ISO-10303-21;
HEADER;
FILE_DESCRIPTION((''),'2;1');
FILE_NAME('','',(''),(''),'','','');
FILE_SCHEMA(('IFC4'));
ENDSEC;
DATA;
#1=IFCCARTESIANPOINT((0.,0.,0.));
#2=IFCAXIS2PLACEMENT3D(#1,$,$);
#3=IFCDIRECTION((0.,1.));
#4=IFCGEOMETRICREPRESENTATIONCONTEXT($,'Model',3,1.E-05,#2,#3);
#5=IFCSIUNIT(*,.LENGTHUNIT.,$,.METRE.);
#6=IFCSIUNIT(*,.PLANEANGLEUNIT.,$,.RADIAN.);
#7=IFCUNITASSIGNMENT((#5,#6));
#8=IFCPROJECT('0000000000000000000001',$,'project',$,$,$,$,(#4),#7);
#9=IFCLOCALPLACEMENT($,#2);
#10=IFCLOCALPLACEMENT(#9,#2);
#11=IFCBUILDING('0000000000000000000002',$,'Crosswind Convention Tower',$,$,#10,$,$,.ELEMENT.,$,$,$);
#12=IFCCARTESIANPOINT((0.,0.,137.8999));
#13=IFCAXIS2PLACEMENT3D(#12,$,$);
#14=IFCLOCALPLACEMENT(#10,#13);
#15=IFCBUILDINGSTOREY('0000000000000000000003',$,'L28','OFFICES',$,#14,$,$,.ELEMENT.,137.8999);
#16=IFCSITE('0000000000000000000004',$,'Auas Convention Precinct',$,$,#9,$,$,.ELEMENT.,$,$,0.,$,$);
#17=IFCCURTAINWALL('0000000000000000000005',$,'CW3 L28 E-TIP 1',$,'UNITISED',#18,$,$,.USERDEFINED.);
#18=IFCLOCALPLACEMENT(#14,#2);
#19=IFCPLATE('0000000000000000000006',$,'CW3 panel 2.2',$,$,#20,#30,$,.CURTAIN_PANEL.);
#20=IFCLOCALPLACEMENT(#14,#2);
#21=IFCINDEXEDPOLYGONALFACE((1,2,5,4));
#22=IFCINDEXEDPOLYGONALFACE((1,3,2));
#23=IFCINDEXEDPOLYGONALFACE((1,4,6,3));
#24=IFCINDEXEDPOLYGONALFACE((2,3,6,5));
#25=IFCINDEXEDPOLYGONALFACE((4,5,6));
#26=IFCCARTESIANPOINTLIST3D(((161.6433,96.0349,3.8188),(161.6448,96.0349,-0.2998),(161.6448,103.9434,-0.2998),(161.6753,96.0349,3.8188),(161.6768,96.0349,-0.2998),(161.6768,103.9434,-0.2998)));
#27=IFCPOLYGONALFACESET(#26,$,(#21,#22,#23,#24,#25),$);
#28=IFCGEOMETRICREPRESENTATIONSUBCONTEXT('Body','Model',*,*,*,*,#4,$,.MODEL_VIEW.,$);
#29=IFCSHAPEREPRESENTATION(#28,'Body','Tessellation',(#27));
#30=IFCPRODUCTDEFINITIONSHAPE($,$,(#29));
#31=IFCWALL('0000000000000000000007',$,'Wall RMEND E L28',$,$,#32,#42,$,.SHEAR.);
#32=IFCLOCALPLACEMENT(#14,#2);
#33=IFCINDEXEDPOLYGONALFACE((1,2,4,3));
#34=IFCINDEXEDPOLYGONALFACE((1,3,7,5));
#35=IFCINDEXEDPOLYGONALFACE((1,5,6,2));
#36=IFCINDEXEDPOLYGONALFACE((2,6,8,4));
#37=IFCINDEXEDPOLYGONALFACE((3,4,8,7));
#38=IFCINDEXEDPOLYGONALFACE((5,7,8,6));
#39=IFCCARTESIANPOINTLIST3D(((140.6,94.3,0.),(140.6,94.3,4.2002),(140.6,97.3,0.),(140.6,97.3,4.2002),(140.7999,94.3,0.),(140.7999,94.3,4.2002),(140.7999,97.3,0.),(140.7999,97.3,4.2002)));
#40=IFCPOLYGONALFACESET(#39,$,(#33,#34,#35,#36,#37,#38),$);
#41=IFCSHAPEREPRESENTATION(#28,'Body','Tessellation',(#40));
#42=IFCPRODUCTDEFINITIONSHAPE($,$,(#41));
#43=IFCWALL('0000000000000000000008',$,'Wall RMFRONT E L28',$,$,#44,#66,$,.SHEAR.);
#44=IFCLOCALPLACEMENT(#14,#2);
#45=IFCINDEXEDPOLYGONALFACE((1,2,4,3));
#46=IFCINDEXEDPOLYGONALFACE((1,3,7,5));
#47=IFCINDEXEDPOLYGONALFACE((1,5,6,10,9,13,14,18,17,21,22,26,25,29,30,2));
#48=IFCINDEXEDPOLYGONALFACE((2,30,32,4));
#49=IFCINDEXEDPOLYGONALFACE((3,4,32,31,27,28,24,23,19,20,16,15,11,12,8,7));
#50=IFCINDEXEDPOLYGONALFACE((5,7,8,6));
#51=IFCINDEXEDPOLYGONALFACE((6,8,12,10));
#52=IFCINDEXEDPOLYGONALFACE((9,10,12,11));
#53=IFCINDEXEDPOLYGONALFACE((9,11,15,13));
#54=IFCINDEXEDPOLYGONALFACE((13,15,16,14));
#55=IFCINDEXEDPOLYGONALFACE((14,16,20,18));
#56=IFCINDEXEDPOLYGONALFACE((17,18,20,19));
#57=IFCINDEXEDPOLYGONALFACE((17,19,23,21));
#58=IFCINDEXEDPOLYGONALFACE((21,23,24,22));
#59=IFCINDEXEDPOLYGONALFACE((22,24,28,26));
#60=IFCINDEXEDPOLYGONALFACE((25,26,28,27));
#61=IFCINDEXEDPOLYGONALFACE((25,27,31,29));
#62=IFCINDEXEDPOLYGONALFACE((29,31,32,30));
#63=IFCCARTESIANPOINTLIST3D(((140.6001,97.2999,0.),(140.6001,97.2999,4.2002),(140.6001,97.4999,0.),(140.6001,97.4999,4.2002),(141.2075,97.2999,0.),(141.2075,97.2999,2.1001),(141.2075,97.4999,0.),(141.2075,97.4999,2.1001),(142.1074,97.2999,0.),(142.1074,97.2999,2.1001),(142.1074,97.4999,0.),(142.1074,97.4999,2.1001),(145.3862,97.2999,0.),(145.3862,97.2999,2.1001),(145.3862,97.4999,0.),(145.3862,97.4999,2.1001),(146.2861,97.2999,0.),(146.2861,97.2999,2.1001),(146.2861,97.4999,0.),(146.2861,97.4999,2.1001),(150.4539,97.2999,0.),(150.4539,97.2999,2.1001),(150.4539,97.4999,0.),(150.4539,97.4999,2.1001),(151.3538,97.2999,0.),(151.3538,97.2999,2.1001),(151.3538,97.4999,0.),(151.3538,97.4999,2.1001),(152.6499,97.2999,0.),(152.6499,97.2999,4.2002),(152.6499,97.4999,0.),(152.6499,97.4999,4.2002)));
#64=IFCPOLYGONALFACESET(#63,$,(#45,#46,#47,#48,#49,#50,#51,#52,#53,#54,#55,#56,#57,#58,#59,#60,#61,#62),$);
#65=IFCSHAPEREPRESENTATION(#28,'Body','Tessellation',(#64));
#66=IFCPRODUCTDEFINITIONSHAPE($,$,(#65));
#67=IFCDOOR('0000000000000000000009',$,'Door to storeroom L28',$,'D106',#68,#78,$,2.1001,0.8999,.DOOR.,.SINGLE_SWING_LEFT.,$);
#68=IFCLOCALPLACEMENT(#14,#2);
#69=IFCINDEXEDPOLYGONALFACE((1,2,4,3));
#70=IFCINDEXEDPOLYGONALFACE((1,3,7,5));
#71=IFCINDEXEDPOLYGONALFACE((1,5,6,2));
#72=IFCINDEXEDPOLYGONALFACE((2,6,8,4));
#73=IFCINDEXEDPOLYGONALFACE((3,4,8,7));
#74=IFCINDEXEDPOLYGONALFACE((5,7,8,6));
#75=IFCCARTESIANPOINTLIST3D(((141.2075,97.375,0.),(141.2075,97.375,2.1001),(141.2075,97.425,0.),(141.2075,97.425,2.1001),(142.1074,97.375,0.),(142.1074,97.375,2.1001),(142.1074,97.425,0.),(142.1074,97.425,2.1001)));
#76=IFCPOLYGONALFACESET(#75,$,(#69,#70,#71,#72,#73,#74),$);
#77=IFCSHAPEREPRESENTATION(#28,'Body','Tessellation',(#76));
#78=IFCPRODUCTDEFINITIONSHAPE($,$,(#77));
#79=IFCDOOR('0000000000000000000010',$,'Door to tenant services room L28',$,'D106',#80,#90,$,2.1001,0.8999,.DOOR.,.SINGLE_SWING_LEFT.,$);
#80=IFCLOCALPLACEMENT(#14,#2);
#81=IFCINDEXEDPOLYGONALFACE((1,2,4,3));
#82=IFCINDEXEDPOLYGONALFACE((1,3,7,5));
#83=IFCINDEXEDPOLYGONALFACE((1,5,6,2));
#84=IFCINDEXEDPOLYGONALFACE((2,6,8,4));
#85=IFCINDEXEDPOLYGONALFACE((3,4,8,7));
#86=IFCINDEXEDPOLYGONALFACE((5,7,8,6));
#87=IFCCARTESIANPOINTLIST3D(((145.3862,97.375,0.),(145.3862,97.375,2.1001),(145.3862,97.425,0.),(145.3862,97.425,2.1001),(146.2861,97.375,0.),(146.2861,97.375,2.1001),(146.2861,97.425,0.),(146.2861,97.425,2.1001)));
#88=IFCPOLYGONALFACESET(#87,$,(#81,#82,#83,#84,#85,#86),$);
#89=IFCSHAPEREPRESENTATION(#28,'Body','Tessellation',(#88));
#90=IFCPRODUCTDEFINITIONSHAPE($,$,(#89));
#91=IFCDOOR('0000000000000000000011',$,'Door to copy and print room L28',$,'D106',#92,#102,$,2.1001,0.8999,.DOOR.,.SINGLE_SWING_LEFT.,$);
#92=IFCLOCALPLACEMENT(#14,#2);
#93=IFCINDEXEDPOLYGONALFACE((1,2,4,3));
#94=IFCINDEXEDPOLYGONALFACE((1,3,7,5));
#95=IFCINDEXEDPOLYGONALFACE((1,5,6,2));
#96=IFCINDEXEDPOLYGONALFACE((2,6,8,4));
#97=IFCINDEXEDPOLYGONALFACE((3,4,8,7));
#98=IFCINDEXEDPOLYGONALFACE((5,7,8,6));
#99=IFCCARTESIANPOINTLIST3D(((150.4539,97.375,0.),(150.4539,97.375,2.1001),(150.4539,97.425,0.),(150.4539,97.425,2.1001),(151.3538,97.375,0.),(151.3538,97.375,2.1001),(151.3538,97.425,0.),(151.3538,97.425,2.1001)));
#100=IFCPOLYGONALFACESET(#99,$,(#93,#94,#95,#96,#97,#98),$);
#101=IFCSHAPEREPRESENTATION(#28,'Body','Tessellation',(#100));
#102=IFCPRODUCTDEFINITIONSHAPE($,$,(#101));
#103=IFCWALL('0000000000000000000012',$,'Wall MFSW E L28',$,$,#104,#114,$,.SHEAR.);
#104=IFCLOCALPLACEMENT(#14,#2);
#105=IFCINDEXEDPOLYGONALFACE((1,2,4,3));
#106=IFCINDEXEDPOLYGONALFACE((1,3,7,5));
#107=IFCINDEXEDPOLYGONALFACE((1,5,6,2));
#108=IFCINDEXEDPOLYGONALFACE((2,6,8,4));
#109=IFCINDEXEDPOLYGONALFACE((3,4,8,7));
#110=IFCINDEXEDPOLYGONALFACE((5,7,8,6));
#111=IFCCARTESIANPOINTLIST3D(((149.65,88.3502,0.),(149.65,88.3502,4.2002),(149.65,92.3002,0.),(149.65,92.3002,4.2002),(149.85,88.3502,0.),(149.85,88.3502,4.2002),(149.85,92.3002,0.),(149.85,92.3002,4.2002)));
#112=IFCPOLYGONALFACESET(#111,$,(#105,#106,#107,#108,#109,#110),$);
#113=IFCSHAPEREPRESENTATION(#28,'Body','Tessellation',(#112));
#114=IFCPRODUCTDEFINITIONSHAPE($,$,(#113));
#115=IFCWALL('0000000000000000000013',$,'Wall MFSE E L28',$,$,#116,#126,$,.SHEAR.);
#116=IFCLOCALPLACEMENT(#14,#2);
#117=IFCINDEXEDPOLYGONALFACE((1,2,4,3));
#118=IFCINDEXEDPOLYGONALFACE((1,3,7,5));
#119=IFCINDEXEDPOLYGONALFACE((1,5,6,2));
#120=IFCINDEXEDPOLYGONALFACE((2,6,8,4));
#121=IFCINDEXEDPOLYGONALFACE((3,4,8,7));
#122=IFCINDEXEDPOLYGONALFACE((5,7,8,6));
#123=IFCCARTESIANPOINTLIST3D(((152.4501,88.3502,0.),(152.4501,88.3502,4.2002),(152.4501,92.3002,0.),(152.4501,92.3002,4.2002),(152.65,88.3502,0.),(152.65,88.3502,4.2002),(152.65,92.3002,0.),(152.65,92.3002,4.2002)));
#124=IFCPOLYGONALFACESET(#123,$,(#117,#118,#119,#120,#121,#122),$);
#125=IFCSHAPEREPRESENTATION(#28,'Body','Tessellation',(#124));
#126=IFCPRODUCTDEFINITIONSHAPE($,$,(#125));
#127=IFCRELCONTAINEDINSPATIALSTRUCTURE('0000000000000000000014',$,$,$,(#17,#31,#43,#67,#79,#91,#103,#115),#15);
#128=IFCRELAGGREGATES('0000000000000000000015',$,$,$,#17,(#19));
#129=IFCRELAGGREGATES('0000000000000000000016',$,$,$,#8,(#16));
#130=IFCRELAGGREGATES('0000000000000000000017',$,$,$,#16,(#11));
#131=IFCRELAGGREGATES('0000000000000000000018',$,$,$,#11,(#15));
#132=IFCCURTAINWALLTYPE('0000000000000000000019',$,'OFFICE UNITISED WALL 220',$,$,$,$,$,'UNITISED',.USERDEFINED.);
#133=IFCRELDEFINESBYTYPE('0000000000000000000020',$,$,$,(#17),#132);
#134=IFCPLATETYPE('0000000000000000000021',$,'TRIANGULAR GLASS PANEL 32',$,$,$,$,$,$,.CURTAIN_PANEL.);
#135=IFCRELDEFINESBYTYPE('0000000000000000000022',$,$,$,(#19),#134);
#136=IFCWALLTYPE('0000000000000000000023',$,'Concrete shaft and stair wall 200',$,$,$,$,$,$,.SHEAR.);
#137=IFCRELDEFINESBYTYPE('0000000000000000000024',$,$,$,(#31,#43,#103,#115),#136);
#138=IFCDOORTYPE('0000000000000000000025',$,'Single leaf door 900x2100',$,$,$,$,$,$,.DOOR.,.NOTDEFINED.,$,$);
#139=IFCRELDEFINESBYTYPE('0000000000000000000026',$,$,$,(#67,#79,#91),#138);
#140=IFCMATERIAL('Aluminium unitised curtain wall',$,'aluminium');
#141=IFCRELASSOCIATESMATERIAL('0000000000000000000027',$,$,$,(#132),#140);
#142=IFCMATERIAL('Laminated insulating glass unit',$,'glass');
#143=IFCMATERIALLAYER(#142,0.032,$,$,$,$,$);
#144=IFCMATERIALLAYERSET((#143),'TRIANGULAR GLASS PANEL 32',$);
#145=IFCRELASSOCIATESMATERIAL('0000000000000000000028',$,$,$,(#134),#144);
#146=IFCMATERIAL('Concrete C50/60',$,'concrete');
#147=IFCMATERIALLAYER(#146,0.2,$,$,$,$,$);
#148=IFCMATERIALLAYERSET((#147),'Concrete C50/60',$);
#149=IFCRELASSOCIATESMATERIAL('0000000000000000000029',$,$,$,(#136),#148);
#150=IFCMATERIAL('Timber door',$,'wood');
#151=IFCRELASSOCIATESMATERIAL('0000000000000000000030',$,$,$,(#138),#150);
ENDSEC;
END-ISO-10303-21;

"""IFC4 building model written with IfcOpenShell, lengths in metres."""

from ifc_helpers import new_model, si_unit, direction, frame, frame_2d, origin, place, context, subcontext, project, spatial, polyline, rectangle, outline, extrude, material, layer, layer_set, type_object, element, fill, aggregate, save


model = new_model("IFC4")

# Units and contexts
model_context = context("Model", 3, precision=1e-05, world=origin(), true_north=direction((0.0, 1.0)))
body_context = subcontext(model_context, "Body", "Model", "MODEL_VIEW")
ifc_project = project(units=[si_unit("LENGTHUNIT", "METRE"), si_unit("PLANEANGLEUNIT", "RADIAN")], contexts=[model_context])

# Site, building, storey
site_placement = place(None, origin())
site = spatial("IfcSite", under=ifc_project, at=site_placement, Name="Auas Convention Precinct", CompositionType="ELEMENT", RefElevation=0.0)
building_placement = place(site_placement, origin())
building = spatial("IfcBuilding", under=site, at=building_placement, Name="Crosswind Convention Tower", CompositionType="ELEMENT")
storey_placement = place(building_placement, frame((0.0, 0.0, 137.8999)))
storey = spatial("IfcBuildingStorey", under=building, at=storey_placement, Name="L28", Description="OFFICES", CompositionType="ELEMENT", Elevation=137.8999)

# Curtain wall
ifc_material_1 = material(Name="Aluminium unitised curtain wall", Category="aluminium")
curtain_wall_type = type_object("IfcCurtainWallType", Name="OFFICE UNITISED WALL 220", ElementType="UNITISED", PredefinedType="USERDEFINED", material=ifc_material_1)
curtain_wall_placement = place(storey_placement, origin())
curtain_wall = element("IfcCurtainWall", 1, at=curtain_wall_placement, inside=storey, type_object=curtain_wall_type, Name="CW3 L28 E-TIP 1", ObjectType="UNITISED", PredefinedType="USERDEFINED")

# Plate
ifc_material_2 = material(Name="Laminated insulating glass unit", Category="glass")
ifc_layer_1 = layer(ifc_material_2, 0.032)
ifc_layer_set_1 = layer_set([ifc_layer_1], Name="TRIANGULAR GLASS PANEL 32")
plate_type = type_object("IfcPlateType", Name="TRIANGULAR GLASS PANEL 32", PredefinedType="CURTAIN_PANEL", material=ifc_layer_set_1)
plate_1_placement = place(storey_placement, frame((161.6768, 96.0349, -0.2998), z_axis=(1.0, 0.0, 0.000356), x_axis=(0.0, 1.0, 0.0)))
plate_1 = element("IfcPlate", 2, at=plate_1_placement, type_object=plate_type, Name="CW3 panel 2.2", PredefinedType="CURTAIN_PANEL", context=body_context, shape_type="SweptSolid", body=[
    extrude(outline(polyline([(0.0, 0.0), (7.9084, 0.0), (0.0, 4.1187), (0.0, 0.0)])), origin(), (0.0, 0.0, -1.0), 0.032),
])
aggregate(curtain_wall, [plate_1])

# Wall
ifc_material_3 = material(Name="Concrete C50/60", Category="concrete")
ifc_layer_2 = layer(ifc_material_3, 0.2)
ifc_layer_set_2 = layer_set([ifc_layer_2], Name="Concrete C50/60")
wall_type_1 = type_object("IfcWallType", Name="Concrete shaft and stair wall 200", PredefinedType="SHEAR", material=ifc_layer_set_2)
wall_1_placement = place(storey_placement, frame((140.7, 94.3, 0.0), z_axis=(0.0, 0.0, 1.0), x_axis=(0.0, 1.0, 0.0)))
element("IfcWall", 3, at=wall_1_placement, inside=storey, type_object=wall_type_1, Name="Wall RMEND E L28", PredefinedType="SHEAR", context=body_context, shape_type="SweptSolid", body=[
    extrude(rectangle(XDim=3.0, YDim=0.2, at=frame_2d((1.5, 0.0))), origin(), (0.0, 0.0, 1.0), 4.2002),
])

# Wall, openings, doors
wall_2_placement = place(storey_placement, frame((140.6001, 97.3999, 0.0), z_axis=(0.0, 0.0, 1.0), x_axis=(1.0, 0.0, 0.0)))
wall_2 = element("IfcWall", 4, at=wall_2_placement, inside=storey, type_object=wall_type_1, Name="Wall RMFRONT E L28", PredefinedType="SHEAR", context=body_context, shape_type="SweptSolid", body=[
    extrude(rectangle(XDim=12.0498, YDim=0.2, at=frame_2d((6.0249, 0.0))), origin(), (0.0, 0.0, 1.0), 4.2002),
])
opening_1_placement = place(wall_2_placement, frame((0.6074, 0.0, 0.0)))
opening_1 = element("IfcOpeningElement", 5, at=opening_1_placement, cuts=wall_2, PredefinedType="OPENING", context=body_context, shape_type="SweptSolid", body=[
    extrude(rectangle(XDim=0.8999, YDim=2.1001, at=frame_2d((0.45, 1.05))), frame((0.0, 0.1099, 0.0), z_axis=(0.0, -1.0, 0.0), x_axis=(1.0, 0.0, 0.0)), (0.0, 0.0, 1.0), 0.22),
])
opening_2_placement = place(wall_2_placement, frame((4.7861, 0.0, 0.0)))
opening_2 = element("IfcOpeningElement", 6, at=opening_2_placement, cuts=wall_2, PredefinedType="OPENING", context=body_context, shape_type="SweptSolid", body=[
    extrude(rectangle(XDim=0.8999, YDim=2.1001, at=frame_2d((0.45, 1.05))), frame((0.0, 0.1099, 0.0), z_axis=(0.0, -1.0, 0.0), x_axis=(1.0, 0.0, 0.0)), (0.0, 0.0, 1.0), 0.22),
])
opening_3_placement = place(wall_2_placement, frame((9.8538, 0.0, 0.0)))
opening_3 = element("IfcOpeningElement", 7, at=opening_3_placement, cuts=wall_2, PredefinedType="OPENING", context=body_context, shape_type="SweptSolid", body=[
    extrude(rectangle(XDim=0.8999, YDim=2.1001, at=frame_2d((0.45, 1.05))), frame((0.0, 0.1099, 0.0), z_axis=(0.0, -1.0, 0.0), x_axis=(1.0, 0.0, 0.0)), (0.0, 0.0, 1.0), 0.22),
])
ifc_material_4 = material(Name="Timber door", Category="wood")
door_type_1 = type_object("IfcDoorType", Name="Single leaf door 900x2100", OperationType="NOTDEFINED", PredefinedType="DOOR", material=ifc_material_4)
door_1_placement = place(opening_1_placement, frame((0.8999, 0.0, 0.0), z_axis=(0.0, 0.0, 1.0), x_axis=(-1.0, 0.0, 0.0)))
door_1 = element("IfcDoor", 8, at=door_1_placement, inside=storey, type_object=door_type_1, Name="Door to storeroom L28", ObjectType="D106", OperationType="SINGLE_SWING_LEFT", OverallHeight=2.1001, OverallWidth=0.8999, PredefinedType="DOOR", context=body_context, shape_type="SweptSolid", body=[
    extrude(rectangle(XDim=0.8999, YDim=2.1001, at=frame_2d((0.45, 1.05))), frame((0.0, 0.0249, 0.0), z_axis=(0.0, -1.0, 0.0), x_axis=(1.0, 0.0, 0.0)), (0.0, 0.0, 1.0), 0.05),
])
fill(opening_1, door_1)
door_2_placement = place(opening_2_placement, frame((0.8999, 0.0, 0.0), z_axis=(0.0, 0.0, 1.0), x_axis=(-1.0, 0.0, 0.0)))
door_2 = element("IfcDoor", 9, at=door_2_placement, inside=storey, type_object=door_type_1, Name="Door to tenant services room L28", ObjectType="D106", OperationType="SINGLE_SWING_LEFT", OverallHeight=2.1001, OverallWidth=0.8999, PredefinedType="DOOR", context=body_context, shape_type="SweptSolid", body=[
    extrude(rectangle(XDim=0.8999, YDim=2.1001, at=frame_2d((0.45, 1.05))), frame((0.0, 0.0249, 0.0), z_axis=(0.0, -1.0, 0.0), x_axis=(1.0, 0.0, 0.0)), (0.0, 0.0, 1.0), 0.05),
])
fill(opening_2, door_2)
door_3_placement = place(opening_3_placement, frame((0.8999, 0.0, 0.0), z_axis=(0.0, 0.0, 1.0), x_axis=(-1.0, 0.0, 0.0)))
door_3 = element("IfcDoor", 10, at=door_3_placement, inside=storey, type_object=door_type_1, Name="Door to copy and print room L28", ObjectType="D106", OperationType="SINGLE_SWING_LEFT", OverallHeight=2.1001, OverallWidth=0.8999, PredefinedType="DOOR", context=body_context, shape_type="SweptSolid", body=[
    extrude(rectangle(XDim=0.8999, YDim=2.1001, at=frame_2d((0.45, 1.05))), frame((0.0, 0.0249, 0.0), z_axis=(0.0, -1.0, 0.0), x_axis=(1.0, 0.0, 0.0)), (0.0, 0.0, 1.0), 0.05),
])
fill(opening_3, door_3)

# Walls
for number, where, z_axis, x_axis, name in (
    (11, (149.75, 88.3501, 0.0), (0.0, 0.0, 1.0), (0.0, 1.0, 0.0), "Wall MFSW E L28"),
    (12, (152.55, 88.3501, 0.0), (0.0, 0.0, 1.0), (0.0, 1.0, 0.0), "Wall MFSE E L28"),
):
    element("IfcWall", number, at=place(storey_placement, frame(where, z_axis=z_axis, x_axis=x_axis)), inside=storey, type_object=wall_type_1, Name=name, PredefinedType="SHEAR", context=body_context, shape_type="SweptSolid", body=[
        extrude(rectangle(XDim=3.95, YDim=0.2, at=frame_2d((1.9751, 0.0))), origin(), (0.0, 0.0, 1.0), 4.2002),
    ])

save(model, "model.ifc")
